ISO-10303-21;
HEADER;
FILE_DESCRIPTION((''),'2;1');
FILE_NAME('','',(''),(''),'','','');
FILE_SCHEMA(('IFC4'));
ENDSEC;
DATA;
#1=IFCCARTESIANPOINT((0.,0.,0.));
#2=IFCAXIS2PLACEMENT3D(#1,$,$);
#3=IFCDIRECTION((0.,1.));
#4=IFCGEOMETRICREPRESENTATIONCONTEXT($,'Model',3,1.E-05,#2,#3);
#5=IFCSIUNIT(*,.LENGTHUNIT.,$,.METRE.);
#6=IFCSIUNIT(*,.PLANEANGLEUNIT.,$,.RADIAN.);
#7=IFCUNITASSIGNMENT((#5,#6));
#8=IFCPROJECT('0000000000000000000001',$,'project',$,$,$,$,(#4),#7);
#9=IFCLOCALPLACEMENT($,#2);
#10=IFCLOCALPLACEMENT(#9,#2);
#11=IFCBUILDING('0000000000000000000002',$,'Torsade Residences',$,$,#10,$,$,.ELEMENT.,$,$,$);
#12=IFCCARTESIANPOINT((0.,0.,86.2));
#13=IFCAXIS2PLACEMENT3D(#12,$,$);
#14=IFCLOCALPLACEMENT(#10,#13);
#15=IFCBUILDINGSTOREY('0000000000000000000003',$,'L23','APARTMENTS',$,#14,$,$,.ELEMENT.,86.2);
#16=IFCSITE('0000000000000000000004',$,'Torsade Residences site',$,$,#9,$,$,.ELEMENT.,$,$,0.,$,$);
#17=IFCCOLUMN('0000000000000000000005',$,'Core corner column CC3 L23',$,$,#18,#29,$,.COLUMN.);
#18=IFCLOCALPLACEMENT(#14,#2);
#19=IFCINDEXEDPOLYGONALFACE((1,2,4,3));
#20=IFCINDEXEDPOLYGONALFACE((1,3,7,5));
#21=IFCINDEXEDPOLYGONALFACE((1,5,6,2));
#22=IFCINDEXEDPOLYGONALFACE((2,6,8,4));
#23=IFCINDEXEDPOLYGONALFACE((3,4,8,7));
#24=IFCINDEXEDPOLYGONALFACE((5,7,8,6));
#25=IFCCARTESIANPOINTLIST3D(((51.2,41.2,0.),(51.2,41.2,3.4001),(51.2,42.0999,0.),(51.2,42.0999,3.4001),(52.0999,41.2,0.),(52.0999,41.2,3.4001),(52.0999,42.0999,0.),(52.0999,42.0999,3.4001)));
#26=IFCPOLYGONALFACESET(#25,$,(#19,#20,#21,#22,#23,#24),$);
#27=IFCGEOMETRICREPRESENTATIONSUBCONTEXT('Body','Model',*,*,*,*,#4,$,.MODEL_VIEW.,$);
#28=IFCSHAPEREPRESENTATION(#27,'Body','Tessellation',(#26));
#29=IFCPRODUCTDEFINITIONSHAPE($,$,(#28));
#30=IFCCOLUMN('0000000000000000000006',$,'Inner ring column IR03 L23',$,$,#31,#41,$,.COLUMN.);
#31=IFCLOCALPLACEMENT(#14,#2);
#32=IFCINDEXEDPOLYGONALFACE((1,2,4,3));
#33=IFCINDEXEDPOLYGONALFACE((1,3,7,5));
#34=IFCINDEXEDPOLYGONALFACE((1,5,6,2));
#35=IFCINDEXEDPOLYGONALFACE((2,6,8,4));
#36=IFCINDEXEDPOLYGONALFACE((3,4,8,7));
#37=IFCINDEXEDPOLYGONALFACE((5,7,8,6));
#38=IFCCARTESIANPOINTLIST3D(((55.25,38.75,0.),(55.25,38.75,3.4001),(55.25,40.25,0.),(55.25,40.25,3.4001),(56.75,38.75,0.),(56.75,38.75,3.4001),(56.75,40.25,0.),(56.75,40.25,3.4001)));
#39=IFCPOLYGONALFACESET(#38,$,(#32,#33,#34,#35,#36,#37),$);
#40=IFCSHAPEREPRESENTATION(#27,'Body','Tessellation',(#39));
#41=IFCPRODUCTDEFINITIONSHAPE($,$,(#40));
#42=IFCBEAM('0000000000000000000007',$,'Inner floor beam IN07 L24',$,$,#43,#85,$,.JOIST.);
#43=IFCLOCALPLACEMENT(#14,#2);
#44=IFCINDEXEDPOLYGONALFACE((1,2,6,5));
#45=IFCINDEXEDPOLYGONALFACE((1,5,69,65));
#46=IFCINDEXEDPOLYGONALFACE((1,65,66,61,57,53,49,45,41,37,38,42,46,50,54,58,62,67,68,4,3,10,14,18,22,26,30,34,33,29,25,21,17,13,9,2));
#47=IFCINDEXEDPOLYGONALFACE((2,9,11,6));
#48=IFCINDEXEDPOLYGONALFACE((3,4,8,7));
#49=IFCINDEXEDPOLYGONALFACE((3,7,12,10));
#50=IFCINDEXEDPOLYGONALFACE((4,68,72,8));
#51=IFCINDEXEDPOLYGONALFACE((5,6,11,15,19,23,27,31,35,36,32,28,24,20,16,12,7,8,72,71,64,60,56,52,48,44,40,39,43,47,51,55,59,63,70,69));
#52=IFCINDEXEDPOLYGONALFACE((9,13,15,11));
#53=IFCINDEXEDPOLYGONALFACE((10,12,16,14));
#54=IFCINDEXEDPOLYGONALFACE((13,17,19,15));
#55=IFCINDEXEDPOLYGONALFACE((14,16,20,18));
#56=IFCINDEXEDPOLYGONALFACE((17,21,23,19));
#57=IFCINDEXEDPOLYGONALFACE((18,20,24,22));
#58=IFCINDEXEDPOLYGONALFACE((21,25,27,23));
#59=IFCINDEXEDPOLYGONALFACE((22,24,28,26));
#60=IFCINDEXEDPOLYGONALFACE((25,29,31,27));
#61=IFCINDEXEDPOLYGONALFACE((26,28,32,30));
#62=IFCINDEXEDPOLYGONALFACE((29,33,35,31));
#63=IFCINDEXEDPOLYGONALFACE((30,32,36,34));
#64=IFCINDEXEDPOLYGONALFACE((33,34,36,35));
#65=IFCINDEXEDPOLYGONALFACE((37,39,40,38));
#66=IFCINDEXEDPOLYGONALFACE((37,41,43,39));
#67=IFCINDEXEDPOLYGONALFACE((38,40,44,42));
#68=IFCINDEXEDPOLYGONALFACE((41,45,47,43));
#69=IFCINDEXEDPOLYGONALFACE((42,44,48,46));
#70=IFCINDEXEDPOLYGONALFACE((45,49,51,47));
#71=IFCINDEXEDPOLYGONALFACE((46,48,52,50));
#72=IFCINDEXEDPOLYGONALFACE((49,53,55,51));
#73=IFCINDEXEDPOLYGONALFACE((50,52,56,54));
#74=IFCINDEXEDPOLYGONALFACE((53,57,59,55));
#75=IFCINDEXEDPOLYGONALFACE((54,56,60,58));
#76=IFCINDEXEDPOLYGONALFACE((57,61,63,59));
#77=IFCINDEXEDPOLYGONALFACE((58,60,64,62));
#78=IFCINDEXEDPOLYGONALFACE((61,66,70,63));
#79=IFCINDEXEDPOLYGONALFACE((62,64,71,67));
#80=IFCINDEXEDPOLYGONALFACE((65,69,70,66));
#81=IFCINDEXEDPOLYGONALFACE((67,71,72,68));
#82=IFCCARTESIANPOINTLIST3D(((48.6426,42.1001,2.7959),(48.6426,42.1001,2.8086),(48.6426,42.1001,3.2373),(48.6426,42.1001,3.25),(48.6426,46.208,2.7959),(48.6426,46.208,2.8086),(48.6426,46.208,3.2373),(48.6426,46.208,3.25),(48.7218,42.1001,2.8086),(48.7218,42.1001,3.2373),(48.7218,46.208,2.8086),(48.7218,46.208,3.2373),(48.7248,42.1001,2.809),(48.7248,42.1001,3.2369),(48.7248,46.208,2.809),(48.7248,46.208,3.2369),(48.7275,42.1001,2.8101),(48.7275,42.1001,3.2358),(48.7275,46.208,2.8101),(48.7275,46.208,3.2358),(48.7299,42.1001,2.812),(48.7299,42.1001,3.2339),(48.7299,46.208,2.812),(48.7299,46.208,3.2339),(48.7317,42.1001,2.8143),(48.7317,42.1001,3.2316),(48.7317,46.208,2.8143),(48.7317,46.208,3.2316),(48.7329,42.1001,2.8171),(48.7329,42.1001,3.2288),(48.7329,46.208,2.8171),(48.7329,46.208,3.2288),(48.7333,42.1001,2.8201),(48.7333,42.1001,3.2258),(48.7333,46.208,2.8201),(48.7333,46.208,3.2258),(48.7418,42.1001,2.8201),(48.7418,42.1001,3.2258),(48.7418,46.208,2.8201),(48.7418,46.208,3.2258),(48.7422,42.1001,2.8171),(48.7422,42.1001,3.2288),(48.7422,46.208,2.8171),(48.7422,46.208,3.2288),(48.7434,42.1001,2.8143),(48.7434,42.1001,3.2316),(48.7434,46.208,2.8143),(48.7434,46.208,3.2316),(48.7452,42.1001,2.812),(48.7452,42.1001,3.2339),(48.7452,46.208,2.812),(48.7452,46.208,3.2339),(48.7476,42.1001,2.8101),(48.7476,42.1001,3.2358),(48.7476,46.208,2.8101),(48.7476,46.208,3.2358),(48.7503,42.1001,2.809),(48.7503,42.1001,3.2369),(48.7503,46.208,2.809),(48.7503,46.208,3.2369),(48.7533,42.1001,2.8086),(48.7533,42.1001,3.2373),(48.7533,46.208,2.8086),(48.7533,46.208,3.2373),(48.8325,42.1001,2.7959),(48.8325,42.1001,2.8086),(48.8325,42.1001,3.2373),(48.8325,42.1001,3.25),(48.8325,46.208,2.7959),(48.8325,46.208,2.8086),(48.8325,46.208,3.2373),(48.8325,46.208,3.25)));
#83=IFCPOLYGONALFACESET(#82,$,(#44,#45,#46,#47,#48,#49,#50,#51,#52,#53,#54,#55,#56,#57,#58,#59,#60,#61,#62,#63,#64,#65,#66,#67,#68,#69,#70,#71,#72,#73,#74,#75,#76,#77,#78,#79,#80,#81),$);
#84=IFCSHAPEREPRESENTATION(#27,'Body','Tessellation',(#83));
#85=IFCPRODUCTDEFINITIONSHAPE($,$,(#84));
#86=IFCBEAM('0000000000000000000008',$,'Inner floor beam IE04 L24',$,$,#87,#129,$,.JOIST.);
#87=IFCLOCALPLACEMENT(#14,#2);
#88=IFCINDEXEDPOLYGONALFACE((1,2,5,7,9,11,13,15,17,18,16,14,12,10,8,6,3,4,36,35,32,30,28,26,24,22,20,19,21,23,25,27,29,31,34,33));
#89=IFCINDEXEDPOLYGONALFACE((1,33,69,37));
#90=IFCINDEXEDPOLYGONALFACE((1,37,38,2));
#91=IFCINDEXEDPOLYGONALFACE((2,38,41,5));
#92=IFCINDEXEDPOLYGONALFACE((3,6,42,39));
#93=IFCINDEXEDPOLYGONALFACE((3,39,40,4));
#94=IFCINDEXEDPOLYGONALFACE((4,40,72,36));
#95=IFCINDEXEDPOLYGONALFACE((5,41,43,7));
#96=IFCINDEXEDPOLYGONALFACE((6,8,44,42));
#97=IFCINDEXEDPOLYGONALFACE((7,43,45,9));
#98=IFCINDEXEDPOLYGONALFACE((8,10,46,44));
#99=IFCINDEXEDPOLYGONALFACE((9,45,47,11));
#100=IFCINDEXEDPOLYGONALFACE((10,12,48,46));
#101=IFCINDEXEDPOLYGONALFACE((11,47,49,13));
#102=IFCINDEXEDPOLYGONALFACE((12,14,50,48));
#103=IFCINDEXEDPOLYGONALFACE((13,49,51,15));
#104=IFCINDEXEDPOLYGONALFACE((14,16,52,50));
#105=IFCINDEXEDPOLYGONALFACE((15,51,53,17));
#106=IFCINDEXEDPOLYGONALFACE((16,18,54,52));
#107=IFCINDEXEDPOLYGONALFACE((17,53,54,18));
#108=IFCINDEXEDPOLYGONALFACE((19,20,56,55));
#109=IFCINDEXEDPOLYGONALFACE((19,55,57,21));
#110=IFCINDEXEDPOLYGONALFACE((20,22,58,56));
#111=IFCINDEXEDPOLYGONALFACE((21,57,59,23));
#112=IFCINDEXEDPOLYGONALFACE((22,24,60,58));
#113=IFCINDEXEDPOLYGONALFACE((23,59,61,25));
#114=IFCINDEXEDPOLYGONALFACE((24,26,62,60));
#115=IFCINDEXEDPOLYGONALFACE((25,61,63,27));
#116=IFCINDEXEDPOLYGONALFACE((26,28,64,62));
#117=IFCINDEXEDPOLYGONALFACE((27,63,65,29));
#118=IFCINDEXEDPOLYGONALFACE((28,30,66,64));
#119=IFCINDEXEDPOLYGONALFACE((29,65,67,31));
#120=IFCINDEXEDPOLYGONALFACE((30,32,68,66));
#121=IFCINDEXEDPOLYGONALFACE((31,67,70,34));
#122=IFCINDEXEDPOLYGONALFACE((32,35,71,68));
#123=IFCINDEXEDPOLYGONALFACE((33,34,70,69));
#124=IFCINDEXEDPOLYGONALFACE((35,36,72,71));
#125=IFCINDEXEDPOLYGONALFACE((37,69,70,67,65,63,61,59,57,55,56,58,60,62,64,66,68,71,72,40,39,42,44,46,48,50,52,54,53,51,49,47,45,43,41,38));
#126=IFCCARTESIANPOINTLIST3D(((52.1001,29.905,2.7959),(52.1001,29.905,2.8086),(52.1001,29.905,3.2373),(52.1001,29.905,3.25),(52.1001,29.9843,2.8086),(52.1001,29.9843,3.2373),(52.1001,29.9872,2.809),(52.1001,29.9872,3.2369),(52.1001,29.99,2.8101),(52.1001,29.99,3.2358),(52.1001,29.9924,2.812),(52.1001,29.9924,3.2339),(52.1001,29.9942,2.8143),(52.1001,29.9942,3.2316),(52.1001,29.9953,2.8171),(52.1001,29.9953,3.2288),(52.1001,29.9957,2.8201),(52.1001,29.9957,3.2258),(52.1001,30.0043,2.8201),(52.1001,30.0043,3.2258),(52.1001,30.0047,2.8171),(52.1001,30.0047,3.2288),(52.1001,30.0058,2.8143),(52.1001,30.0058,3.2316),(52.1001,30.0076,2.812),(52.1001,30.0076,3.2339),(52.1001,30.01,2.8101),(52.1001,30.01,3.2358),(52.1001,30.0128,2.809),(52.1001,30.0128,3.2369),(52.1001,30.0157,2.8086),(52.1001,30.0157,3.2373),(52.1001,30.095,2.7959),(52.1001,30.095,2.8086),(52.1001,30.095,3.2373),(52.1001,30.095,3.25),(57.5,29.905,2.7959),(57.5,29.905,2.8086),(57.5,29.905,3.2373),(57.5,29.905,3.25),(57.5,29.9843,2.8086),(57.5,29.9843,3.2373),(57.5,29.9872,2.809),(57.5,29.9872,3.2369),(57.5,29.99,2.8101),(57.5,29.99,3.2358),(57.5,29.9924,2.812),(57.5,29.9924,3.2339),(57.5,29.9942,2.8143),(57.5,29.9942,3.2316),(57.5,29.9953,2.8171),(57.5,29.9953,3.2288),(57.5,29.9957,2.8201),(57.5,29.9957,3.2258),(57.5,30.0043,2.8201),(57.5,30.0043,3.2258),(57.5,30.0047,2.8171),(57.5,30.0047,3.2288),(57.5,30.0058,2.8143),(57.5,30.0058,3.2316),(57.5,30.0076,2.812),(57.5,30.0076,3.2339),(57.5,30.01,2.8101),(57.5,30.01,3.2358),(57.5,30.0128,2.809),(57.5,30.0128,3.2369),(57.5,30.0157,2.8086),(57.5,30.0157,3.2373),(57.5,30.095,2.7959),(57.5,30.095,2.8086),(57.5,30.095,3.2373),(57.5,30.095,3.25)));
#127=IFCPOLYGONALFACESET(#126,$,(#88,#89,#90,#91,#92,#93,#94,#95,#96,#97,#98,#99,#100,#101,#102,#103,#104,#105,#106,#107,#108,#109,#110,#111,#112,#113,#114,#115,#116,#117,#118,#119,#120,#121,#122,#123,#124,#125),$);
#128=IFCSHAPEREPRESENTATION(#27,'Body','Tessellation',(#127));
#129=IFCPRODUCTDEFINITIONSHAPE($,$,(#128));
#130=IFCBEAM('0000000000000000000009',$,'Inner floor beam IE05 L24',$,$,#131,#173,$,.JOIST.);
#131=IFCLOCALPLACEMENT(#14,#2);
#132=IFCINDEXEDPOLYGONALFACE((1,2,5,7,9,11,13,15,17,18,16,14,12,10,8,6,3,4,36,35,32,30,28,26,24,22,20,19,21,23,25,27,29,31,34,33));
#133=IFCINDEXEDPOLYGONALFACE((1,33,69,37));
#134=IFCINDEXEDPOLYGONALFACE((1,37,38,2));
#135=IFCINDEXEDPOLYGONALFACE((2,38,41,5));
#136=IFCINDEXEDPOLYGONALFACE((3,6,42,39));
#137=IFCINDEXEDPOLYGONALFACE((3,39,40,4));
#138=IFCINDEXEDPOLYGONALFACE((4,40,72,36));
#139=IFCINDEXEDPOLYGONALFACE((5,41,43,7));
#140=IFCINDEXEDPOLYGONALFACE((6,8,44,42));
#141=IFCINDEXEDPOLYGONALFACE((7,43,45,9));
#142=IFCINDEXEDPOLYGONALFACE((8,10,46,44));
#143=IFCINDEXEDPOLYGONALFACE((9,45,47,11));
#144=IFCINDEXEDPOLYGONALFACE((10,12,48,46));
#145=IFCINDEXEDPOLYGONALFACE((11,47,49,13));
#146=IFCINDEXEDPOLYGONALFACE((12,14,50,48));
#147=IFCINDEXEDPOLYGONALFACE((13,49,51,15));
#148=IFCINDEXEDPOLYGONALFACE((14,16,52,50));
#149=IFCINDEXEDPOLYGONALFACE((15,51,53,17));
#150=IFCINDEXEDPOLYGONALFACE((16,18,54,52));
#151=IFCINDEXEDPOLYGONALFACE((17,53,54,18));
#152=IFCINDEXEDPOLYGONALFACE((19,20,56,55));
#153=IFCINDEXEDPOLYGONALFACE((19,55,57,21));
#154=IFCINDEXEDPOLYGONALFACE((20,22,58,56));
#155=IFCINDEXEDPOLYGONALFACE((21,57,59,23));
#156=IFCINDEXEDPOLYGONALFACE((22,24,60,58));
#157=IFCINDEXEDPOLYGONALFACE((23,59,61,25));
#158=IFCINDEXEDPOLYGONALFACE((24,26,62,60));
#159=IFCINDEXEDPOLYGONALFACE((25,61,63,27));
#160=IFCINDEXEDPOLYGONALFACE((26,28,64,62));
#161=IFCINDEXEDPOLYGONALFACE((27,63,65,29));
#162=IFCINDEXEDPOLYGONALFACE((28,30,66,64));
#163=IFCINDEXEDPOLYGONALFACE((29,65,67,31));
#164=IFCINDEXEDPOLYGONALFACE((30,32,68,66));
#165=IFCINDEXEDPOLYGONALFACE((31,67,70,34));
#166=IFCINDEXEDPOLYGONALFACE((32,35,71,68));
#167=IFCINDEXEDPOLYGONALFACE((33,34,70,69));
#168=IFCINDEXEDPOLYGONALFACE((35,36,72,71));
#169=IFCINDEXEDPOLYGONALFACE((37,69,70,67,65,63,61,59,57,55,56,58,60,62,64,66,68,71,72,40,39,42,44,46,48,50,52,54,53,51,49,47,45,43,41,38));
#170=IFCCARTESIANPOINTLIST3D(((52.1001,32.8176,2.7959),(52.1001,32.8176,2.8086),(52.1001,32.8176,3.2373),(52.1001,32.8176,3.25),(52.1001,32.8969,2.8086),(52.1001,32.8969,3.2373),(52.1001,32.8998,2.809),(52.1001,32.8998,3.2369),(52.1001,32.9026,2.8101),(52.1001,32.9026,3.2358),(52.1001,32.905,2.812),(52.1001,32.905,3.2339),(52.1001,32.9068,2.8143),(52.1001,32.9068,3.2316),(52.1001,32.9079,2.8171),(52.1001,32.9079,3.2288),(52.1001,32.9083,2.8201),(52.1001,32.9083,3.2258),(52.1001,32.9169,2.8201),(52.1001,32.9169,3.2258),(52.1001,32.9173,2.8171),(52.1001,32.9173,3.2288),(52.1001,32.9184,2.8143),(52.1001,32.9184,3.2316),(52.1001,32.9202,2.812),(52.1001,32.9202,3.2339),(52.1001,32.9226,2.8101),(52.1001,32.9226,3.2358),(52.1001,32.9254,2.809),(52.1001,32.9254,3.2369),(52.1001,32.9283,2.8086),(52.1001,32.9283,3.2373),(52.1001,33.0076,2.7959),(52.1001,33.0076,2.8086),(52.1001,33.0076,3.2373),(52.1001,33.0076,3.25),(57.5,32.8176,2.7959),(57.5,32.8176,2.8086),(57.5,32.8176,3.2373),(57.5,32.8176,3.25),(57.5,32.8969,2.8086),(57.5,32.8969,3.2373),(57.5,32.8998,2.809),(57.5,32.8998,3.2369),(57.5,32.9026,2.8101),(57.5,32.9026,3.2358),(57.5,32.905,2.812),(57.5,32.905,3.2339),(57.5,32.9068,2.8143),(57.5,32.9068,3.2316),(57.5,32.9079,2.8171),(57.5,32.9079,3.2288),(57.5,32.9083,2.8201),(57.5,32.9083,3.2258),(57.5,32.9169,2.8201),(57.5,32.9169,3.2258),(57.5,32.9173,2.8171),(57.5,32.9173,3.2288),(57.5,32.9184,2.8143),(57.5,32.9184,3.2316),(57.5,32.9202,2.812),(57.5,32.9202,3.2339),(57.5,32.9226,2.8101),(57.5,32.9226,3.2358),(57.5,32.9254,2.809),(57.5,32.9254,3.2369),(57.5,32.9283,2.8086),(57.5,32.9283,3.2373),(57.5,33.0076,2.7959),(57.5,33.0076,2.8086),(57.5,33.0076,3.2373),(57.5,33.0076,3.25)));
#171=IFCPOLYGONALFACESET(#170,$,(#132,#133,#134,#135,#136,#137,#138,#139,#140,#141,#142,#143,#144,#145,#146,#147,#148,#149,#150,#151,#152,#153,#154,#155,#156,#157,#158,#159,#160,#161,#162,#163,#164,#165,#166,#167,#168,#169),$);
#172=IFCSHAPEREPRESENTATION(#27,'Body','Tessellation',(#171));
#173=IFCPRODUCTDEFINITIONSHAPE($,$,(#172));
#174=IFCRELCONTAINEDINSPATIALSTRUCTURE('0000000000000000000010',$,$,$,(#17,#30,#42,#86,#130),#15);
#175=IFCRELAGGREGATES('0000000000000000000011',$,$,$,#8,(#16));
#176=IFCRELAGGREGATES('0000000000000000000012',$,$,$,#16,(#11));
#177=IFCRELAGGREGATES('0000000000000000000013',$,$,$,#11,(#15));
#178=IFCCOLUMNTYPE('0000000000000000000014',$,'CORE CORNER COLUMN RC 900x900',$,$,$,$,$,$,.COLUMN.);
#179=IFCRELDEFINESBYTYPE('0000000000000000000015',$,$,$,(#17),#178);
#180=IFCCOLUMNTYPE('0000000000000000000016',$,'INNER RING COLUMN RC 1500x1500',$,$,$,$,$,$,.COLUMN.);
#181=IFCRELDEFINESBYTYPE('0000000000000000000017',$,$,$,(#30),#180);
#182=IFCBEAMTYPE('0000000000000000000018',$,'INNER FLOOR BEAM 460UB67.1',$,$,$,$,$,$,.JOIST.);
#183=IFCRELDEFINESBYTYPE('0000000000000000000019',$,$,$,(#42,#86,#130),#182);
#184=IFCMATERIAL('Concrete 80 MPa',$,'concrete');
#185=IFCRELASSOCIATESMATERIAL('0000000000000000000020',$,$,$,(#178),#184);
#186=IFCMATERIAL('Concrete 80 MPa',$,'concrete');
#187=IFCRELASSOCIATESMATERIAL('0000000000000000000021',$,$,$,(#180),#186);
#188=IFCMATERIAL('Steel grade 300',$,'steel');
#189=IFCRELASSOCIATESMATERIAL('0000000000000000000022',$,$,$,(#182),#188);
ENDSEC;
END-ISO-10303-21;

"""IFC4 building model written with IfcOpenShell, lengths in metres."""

from ifc_helpers import new_model, si_unit, direction, frame, origin, origin_2d, place, context, subcontext, project, spatial, rectangle, i_section, extrude, material, material_profile, profile_set, type_object, element, save


model = new_model("IFC4")

# Units and contexts
model_context = context("Model", 3, precision=1e-05, world=origin(), true_north=direction((0.0, 1.0)))
body_context = subcontext(model_context, "Body", "Model", "MODEL_VIEW")
ifc_project = project(units=[si_unit("LENGTHUNIT", "METRE"), si_unit("PLANEANGLEUNIT", "RADIAN")], contexts=[model_context])

# Site, building, storey
site_placement = place(None, origin())
site = spatial("IfcSite", under=ifc_project, at=site_placement, Name="Torsade Residences site", CompositionType="ELEMENT", RefElevation=0.0)
building_placement = place(site_placement, origin())
building = spatial("IfcBuilding", under=site, at=building_placement, Name="Torsade Residences", CompositionType="ELEMENT")
storey_placement = place(building_placement, frame((0.0, 0.0, 86.2)))
storey = spatial("IfcBuildingStorey", under=building, at=storey_placement, Name="L23", Description="APARTMENTS", CompositionType="ELEMENT", Elevation=86.2)

# Columns
ifc_material_1 = material(Name="Concrete 80 MPa", Category="concrete")
ifc_material_profile_1 = material_profile(ifc_material_1, rectangle(XDim=0.8999, YDim=0.8999, at=origin_2d()), Name="RC 900x900")
ifc_profile_set_1 = profile_set([ifc_material_profile_1], Name="Concrete 80 MPa")
column_type_1 = type_object("IfcColumnType", Name="CORE CORNER COLUMN RC 900x900", PredefinedType="COLUMN", material=ifc_profile_set_1)
column_1_placement = place(storey_placement, frame((51.6499, 41.6499, 0.0), z_axis=(0.0, 0.0, 1.0), x_axis=(1.0, 0.0, 0.0)))
element("IfcColumn", 1, at=column_1_placement, inside=storey, type_object=column_type_1, Name="Core corner column CC3 L23", PredefinedType="COLUMN", context=body_context, shape_type="SweptSolid", body=[
    extrude(rectangle(XDim=0.8999, YDim=0.8999, at=origin_2d()), origin(), (0.0, 0.0, 1.0), 3.4001),
])
ifc_material_2 = material(Name="Concrete 80 MPa", Category="concrete")
ifc_material_profile_2 = material_profile(ifc_material_2, rectangle(XDim=1.5, YDim=1.5, at=origin_2d()), Name="RC 1500x1500")
ifc_profile_set_2 = profile_set([ifc_material_profile_2], Name="Concrete 80 MPa")
column_type_2 = type_object("IfcColumnType", Name="INNER RING COLUMN RC 1500x1500", PredefinedType="COLUMN", material=ifc_profile_set_2)
column_2_placement = place(storey_placement, frame((56.0, 39.5, 0.0), z_axis=(0.0, 0.0, 1.0), x_axis=(1.0, 0.0, 0.0)))
element("IfcColumn", 2, at=column_2_placement, inside=storey, type_object=column_type_2, Name="Inner ring column IR03 L23", PredefinedType="COLUMN", context=body_context, shape_type="SweptSolid", body=[
    extrude(rectangle(XDim=1.5, YDim=1.5, at=origin_2d()), origin(), (0.0, 0.0, 1.0), 3.4001),
])

# Beams
ifc_material_3 = material(Name="Steel grade 300", Category="steel")
ifc_material_profile_3 = material_profile(ifc_material_3, i_section(OverallWidth=0.1899, OverallDepth=0.4541, WebThickness=0.0085, FlangeThickness=0.0127, FilletRadius=0.0115, at=origin_2d()), Name="460UB67.1")
ifc_profile_set_3 = profile_set([ifc_material_profile_3], Name="Steel grade 300")
beam_type_1 = type_object("IfcBeamType", Name="INNER FLOOR BEAM 460UB67.1", PredefinedType="JOIST", material=ifc_profile_set_3)
beam_1_placement = place(storey_placement, frame((48.7375, 42.1001, 3.0229), z_axis=(0.0, 1.0, 0.0), x_axis=(-1.0, 0.0, 0.0)))
element("IfcBeam", 3, at=beam_1_placement, inside=storey, type_object=beam_type_1, Name="Inner floor beam IN07 L24", PredefinedType="JOIST", context=body_context, shape_type="SweptSolid", body=[
    extrude(i_section(OverallWidth=0.1899, OverallDepth=0.4541, WebThickness=0.0085, FlangeThickness=0.0127, FilletRadius=0.0115, at=origin_2d()), origin(), (0.0, 0.0, 1.0), 4.1079),
])
for number, where, z_axis, x_axis, name in (
    (4, (52.1001, 30.0, 3.0229), (1.0, 0.0, 0.0), (0.0, 1.0, 0.0), "Inner floor beam IE04 L24"),
    (5, (52.1001, 32.9126, 3.0229), (1.0, 0.0, 0.0), (0.0, 1.0, 0.0), "Inner floor beam IE05 L24"),
):
    element("IfcBeam", number, at=place(storey_placement, frame(where, z_axis=z_axis, x_axis=x_axis)), inside=storey, type_object=beam_type_1, Name=name, PredefinedType="JOIST", context=body_context, shape_type="SweptSolid", body=[
        extrude(i_section(OverallWidth=0.1899, OverallDepth=0.4541, WebThickness=0.0085, FlangeThickness=0.0127, FilletRadius=0.0115, at=origin_2d()), origin(), (0.0, 0.0, 1.0), 5.3999),
    ])

save(model, "model.ifc")
